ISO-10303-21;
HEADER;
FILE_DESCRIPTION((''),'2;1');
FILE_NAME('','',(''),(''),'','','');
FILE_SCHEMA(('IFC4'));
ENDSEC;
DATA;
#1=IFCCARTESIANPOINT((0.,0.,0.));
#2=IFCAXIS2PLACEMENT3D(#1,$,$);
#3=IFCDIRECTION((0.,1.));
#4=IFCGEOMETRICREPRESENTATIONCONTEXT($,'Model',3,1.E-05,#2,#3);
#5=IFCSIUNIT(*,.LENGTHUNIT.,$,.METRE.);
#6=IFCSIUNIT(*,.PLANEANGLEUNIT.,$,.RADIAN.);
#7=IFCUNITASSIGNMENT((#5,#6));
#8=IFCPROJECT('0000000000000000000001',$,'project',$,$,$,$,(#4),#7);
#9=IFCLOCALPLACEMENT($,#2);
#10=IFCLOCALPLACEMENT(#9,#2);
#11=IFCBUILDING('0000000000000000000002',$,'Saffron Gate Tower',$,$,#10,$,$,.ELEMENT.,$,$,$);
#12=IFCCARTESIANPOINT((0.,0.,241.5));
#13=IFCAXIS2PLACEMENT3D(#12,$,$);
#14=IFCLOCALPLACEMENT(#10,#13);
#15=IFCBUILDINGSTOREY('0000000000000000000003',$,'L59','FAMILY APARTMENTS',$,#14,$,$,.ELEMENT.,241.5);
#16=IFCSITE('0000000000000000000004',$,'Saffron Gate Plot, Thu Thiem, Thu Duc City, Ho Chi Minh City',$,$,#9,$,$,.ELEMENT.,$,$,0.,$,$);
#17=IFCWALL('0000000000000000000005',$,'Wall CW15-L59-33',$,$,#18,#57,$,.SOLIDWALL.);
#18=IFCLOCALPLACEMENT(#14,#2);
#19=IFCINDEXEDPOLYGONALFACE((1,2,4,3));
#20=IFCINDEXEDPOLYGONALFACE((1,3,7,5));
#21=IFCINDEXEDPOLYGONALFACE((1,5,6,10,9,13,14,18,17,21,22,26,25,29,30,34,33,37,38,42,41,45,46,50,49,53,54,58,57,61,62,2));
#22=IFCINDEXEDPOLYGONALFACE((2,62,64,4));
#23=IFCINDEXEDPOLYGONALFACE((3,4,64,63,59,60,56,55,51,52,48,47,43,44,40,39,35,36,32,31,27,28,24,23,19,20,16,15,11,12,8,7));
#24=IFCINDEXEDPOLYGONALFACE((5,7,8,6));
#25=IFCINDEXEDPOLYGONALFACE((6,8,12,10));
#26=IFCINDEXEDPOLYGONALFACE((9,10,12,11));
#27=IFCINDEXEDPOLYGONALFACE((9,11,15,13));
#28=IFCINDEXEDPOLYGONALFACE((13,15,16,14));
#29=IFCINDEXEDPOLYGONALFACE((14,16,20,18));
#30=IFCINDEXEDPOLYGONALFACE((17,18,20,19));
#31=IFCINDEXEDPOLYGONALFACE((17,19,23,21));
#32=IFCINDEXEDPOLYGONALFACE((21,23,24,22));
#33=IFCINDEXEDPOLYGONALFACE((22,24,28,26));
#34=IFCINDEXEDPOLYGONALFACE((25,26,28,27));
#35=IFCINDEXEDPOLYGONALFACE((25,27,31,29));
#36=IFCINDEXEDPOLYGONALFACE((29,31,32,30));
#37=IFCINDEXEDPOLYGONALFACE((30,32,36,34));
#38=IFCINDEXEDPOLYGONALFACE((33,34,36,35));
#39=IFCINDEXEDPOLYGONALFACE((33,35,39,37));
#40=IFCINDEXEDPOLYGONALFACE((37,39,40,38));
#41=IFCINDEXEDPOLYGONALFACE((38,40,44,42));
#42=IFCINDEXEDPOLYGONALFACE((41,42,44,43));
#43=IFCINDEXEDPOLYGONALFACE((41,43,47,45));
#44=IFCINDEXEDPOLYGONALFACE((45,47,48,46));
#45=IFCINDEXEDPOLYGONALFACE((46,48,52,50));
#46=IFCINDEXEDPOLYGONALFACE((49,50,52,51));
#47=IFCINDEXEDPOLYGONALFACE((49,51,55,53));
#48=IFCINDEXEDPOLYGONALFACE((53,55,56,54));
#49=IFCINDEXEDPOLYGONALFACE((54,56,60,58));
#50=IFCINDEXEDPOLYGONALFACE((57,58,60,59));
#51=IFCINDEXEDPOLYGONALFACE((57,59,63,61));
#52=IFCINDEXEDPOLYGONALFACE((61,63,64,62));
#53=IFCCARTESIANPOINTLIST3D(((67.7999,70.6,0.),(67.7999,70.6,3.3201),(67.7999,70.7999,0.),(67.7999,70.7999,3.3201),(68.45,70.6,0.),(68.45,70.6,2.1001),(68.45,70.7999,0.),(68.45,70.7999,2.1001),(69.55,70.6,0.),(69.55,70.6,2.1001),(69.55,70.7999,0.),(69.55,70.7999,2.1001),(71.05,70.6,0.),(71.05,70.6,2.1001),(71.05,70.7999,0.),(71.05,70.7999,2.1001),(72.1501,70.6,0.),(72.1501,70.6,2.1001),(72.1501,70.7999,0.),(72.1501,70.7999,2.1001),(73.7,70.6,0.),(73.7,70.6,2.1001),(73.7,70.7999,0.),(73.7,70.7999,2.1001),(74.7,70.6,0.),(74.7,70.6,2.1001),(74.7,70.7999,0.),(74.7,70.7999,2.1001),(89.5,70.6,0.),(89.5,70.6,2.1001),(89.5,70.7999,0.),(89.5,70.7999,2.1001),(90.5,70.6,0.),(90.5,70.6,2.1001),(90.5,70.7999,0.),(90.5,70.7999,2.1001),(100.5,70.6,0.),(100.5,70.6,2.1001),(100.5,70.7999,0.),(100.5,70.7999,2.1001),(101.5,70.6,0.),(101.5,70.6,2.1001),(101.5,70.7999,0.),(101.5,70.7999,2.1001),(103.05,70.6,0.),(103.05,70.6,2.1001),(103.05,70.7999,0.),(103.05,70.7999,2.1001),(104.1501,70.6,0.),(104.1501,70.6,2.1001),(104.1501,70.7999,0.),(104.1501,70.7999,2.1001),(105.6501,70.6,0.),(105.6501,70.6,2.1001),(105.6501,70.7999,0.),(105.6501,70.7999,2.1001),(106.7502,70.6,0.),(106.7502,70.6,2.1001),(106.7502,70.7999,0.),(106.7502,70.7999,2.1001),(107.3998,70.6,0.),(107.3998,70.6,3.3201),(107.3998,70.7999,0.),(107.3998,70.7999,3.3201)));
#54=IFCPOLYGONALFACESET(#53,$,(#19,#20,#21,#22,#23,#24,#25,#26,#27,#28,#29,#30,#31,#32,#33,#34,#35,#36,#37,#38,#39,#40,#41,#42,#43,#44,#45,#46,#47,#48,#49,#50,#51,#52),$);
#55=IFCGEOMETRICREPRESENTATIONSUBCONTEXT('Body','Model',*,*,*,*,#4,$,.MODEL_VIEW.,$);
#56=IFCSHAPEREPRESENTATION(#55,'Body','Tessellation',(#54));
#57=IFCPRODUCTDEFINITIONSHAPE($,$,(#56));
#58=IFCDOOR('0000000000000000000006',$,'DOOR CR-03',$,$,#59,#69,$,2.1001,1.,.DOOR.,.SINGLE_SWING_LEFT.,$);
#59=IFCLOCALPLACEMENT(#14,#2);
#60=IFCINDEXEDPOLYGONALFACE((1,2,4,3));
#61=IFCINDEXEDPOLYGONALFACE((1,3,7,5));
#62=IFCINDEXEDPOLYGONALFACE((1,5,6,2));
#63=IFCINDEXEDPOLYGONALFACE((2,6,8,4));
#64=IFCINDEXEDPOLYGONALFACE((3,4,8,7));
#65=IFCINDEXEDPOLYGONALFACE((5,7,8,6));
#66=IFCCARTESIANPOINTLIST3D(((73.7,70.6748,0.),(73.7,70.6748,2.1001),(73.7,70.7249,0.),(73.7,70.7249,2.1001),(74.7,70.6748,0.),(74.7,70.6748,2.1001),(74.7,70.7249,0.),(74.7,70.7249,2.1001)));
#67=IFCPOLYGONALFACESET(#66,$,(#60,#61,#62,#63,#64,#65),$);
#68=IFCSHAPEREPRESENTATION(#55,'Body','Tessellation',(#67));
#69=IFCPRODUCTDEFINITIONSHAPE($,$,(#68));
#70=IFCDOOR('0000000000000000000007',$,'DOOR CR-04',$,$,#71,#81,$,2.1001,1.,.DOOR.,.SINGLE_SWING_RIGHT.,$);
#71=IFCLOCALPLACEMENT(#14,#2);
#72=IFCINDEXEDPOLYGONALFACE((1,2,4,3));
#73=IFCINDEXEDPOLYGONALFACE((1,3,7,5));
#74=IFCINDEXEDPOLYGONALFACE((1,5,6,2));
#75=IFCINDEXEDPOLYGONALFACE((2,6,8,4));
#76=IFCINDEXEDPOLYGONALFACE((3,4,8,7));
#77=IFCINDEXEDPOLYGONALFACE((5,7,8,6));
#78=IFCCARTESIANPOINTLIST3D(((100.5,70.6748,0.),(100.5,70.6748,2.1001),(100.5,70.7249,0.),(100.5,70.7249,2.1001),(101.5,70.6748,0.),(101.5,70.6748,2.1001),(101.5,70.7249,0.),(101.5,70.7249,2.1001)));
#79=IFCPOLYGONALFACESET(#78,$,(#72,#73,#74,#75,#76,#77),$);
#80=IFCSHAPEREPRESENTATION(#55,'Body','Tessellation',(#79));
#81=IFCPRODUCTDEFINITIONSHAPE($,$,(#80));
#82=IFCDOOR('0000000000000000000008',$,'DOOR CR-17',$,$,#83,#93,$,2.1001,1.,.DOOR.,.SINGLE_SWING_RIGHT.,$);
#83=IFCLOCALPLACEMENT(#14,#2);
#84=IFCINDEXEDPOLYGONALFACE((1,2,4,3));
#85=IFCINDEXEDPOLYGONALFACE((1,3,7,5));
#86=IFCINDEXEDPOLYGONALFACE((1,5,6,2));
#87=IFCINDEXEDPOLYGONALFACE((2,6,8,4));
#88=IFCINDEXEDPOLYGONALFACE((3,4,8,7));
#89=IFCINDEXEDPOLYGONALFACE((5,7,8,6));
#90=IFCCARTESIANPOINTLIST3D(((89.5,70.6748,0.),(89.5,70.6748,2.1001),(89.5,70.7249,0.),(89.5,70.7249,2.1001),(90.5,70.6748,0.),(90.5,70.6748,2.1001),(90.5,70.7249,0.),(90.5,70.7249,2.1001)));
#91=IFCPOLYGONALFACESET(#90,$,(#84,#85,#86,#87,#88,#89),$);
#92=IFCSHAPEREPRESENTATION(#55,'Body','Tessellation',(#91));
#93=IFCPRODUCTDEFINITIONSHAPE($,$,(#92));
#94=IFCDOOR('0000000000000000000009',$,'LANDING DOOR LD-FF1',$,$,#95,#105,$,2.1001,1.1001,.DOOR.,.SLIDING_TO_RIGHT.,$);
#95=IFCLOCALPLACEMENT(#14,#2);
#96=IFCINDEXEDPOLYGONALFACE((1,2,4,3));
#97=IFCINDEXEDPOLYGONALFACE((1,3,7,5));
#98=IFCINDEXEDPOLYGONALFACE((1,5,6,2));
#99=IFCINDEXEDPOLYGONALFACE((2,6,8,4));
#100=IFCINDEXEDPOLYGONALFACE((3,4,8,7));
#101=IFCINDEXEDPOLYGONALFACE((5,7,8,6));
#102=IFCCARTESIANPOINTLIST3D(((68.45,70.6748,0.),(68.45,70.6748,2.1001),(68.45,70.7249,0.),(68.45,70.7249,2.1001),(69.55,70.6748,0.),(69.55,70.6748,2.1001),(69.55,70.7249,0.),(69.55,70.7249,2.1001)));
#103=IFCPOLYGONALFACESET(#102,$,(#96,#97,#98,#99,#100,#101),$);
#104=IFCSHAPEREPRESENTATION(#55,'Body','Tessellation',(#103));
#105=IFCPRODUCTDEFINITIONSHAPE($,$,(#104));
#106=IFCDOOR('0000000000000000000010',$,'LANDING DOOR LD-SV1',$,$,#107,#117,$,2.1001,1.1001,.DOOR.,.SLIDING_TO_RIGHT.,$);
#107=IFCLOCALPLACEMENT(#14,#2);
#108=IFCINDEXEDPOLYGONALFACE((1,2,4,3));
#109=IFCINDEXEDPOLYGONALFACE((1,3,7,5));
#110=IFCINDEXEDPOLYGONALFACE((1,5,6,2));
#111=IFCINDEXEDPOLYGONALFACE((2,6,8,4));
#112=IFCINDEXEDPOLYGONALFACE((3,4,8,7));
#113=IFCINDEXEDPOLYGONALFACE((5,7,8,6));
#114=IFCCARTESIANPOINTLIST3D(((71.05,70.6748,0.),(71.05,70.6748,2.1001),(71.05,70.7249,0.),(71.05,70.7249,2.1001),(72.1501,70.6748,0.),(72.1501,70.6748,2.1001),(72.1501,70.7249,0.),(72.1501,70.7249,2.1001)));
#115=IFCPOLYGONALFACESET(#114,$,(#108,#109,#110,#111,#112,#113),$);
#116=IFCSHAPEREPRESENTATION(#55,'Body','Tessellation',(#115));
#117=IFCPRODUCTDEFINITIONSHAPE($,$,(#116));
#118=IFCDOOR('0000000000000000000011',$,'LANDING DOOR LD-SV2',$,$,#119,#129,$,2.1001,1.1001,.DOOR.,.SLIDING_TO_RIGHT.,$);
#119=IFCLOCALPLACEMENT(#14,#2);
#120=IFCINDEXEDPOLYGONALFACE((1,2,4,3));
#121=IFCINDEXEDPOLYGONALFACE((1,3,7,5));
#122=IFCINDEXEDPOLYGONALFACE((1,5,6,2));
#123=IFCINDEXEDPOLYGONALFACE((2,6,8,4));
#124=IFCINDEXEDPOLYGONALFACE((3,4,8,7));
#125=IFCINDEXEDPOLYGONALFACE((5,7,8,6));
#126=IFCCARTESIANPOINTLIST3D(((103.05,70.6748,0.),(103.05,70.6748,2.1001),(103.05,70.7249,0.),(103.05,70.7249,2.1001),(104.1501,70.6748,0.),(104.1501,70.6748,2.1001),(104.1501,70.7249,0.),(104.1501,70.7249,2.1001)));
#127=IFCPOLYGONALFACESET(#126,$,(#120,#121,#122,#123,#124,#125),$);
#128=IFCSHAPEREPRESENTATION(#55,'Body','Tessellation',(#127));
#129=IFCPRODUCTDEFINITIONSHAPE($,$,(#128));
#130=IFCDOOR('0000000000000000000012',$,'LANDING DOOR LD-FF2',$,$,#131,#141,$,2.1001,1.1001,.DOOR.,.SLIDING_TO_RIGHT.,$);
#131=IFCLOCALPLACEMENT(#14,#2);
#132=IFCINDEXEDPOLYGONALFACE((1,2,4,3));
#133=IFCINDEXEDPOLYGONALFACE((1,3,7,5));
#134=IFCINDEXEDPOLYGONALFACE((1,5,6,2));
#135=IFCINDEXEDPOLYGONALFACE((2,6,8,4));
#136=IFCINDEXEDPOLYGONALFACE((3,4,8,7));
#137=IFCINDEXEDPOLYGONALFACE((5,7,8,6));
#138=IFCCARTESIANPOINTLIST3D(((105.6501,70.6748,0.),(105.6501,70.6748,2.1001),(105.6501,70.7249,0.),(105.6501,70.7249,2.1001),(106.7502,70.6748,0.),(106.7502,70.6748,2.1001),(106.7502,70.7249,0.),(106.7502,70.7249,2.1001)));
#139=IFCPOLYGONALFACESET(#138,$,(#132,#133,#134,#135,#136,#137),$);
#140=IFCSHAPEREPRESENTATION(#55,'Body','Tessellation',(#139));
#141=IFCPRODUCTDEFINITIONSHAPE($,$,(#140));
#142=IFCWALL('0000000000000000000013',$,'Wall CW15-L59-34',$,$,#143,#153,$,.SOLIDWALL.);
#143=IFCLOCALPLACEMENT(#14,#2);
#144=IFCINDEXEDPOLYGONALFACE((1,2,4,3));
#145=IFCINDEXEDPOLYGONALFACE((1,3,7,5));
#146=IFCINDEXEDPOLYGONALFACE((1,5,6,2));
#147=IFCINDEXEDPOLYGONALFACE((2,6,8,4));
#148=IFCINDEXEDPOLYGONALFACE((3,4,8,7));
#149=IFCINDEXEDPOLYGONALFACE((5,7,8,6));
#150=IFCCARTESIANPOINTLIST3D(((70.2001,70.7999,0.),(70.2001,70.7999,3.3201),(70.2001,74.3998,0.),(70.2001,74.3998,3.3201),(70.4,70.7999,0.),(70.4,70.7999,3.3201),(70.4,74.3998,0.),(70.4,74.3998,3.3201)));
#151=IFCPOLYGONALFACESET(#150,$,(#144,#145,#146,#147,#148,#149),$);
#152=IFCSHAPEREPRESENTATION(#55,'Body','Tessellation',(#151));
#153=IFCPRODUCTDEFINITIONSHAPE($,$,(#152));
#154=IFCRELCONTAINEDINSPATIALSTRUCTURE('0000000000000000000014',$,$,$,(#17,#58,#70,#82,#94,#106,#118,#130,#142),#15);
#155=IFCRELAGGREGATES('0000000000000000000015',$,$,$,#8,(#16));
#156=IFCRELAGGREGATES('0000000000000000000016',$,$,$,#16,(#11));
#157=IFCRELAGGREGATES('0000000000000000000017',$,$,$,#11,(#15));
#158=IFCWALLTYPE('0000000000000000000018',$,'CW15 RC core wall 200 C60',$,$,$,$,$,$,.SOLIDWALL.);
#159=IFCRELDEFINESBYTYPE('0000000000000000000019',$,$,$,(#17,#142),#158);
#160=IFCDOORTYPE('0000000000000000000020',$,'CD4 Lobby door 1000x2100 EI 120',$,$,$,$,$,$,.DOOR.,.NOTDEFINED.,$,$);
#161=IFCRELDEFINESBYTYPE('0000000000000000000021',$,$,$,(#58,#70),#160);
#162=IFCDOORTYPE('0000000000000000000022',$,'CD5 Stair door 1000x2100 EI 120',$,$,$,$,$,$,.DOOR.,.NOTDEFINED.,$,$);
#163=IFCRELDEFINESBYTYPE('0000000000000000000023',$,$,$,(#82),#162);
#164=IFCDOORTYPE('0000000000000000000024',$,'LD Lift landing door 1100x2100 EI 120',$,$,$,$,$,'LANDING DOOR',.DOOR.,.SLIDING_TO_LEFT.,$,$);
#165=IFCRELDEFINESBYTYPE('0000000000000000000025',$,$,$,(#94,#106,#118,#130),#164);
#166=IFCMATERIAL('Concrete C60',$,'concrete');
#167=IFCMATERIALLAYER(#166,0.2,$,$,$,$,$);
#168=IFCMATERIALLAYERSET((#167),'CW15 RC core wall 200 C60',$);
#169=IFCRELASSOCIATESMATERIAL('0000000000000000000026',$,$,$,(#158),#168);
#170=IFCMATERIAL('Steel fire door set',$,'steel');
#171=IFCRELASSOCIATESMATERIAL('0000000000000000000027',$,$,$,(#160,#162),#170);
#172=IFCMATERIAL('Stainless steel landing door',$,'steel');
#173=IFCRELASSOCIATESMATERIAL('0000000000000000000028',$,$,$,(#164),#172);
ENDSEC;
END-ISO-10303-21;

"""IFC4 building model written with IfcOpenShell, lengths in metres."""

from ifc_helpers import new_model, si_unit, direction, frame, frame_2d, origin, place, context, subcontext, project, spatial, rectangle, extrude, material, layer, layer_set, type_object, element, fill, save


model = new_model("IFC4")

# Units and contexts
model_context = context("Model", 3, precision=1e-05, world=origin(), true_north=direction((0.0, 1.0)))
body_context = subcontext(model_context, "Body", "Model", "MODEL_VIEW")
ifc_project = project(units=[si_unit("LENGTHUNIT", "METRE"), si_unit("PLANEANGLEUNIT", "RADIAN")], contexts=[model_context])

# Site, building, storey
site_placement = place(None, origin())
site = spatial("IfcSite", under=ifc_project, at=site_placement, Name="Saffron Gate Plot, Thu Thiem, Thu Duc City, Ho Chi Minh City", CompositionType="ELEMENT", RefElevation=0.0)
building_placement = place(site_placement, origin())
building = spatial("IfcBuilding", under=site, at=building_placement, Name="Saffron Gate Tower", CompositionType="ELEMENT")
storey_placement = place(building_placement, frame((0.0, 0.0, 241.5)))
storey = spatial("IfcBuildingStorey", under=building, at=storey_placement, Name="L59", Description="FAMILY APARTMENTS", CompositionType="ELEMENT", Elevation=241.5)

# Wall, openings, doors
ifc_material_1 = material(Name="Concrete C60", Category="concrete")
ifc_layer_1 = layer(ifc_material_1, 0.2)
ifc_layer_set_1 = layer_set([ifc_layer_1], Name="CW15 RC core wall 200 C60")
wall_type_1 = type_object("IfcWallType", Name="CW15 RC core wall 200 C60", PredefinedType="SOLIDWALL", material=ifc_layer_set_1)
wall_1_placement = place(storey_placement, frame((67.8, 70.7, 0.0), z_axis=(0.0, 0.0, 1.0), x_axis=(1.0, 0.0, 0.0)))
wall_1 = element("IfcWall", 1, at=wall_1_placement, inside=storey, type_object=wall_type_1, Name="Wall CW15-L59-33", PredefinedType="SOLIDWALL", context=body_context, shape_type="SweptSolid", body=[
    extrude(rectangle(XDim=39.5999, YDim=0.2, at=frame_2d((19.7998, 0.0))), origin(), (0.0, 0.0, 1.0), 3.3201),
])
opening_1_placement = place(wall_1_placement, frame((0.6499, 0.0, 0.0)))
opening_1 = element("IfcOpeningElement", 2, at=opening_1_placement, cuts=wall_1, PredefinedType="OPENING", context=body_context, shape_type="SweptSolid", body=[
    extrude(rectangle(XDim=1.1001, YDim=2.1001, at=frame_2d((0.55, 1.05))), frame((0.0, 0.1099, 0.0), z_axis=(0.0, -1.0, 0.0), x_axis=(1.0, 0.0, 0.0)), (0.0, 0.0, 1.0), 0.22),
])
opening_2_placement = place(wall_1_placement, frame((3.25, 0.0, 0.0)))
opening_2 = element("IfcOpeningElement", 3, at=opening_2_placement, cuts=wall_1, PredefinedType="OPENING", context=body_context, shape_type="SweptSolid", body=[
    extrude(rectangle(XDim=1.1001, YDim=2.1001, at=frame_2d((0.55, 1.05))), frame((0.0, 0.1099, 0.0), z_axis=(0.0, -1.0, 0.0), x_axis=(1.0, 0.0, 0.0)), (0.0, 0.0, 1.0), 0.22),
])
opening_3_placement = place(wall_1_placement, frame((5.8999, 0.0, 0.0)))
opening_3 = element("IfcOpeningElement", 4, at=opening_3_placement, cuts=wall_1, PredefinedType="OPENING", context=body_context, shape_type="SweptSolid", body=[
    extrude(rectangle(XDim=1.0, YDim=2.1001, at=frame_2d((0.5, 1.05))), frame((0.0, 0.1099, 0.0), z_axis=(0.0, -1.0, 0.0), x_axis=(1.0, 0.0, 0.0)), (0.0, 0.0, 1.0), 0.22),
])
opening_4_placement = place(wall_1_placement, frame((21.7, 0.0, 0.0)))
opening_4 = element("IfcOpeningElement", 5, at=opening_4_placement, cuts=wall_1, PredefinedType="OPENING", context=body_context, shape_type="SweptSolid", body=[
    extrude(rectangle(XDim=1.0, YDim=2.1001, at=frame_2d((0.5, 1.05))), frame((0.0, 0.1099, 0.0), z_axis=(0.0, -1.0, 0.0), x_axis=(1.0, 0.0, 0.0)), (0.0, 0.0, 1.0), 0.22),
])
opening_5_placement = place(wall_1_placement, frame((32.7, 0.0, 0.0)))
opening_5 = element("IfcOpeningElement", 6, at=opening_5_placement, cuts=wall_1, PredefinedType="OPENING", context=body_context, shape_type="SweptSolid", body=[
    extrude(rectangle(XDim=1.0, YDim=2.1001, at=frame_2d((0.5, 1.05))), frame((0.0, 0.1099, 0.0), z_axis=(0.0, -1.0, 0.0), x_axis=(1.0, 0.0, 0.0)), (0.0, 0.0, 1.0), 0.22),
])
opening_6_placement = place(wall_1_placement, frame((35.25, 0.0, 0.0)))
opening_6 = element("IfcOpeningElement", 7, at=opening_6_placement, cuts=wall_1, PredefinedType="OPENING", context=body_context, shape_type="SweptSolid", body=[
    extrude(rectangle(XDim=1.1001, YDim=2.1001, at=frame_2d((0.55, 1.05))), frame((0.0, 0.1099, 0.0), z_axis=(0.0, -1.0, 0.0), x_axis=(1.0, 0.0, 0.0)), (0.0, 0.0, 1.0), 0.22),
])
opening_7_placement = place(wall_1_placement, frame((37.8501, 0.0, 0.0)))
opening_7 = element("IfcOpeningElement", 8, at=opening_7_placement, cuts=wall_1, PredefinedType="OPENING", context=body_context, shape_type="SweptSolid", body=[
    extrude(rectangle(XDim=1.1001, YDim=2.1001, at=frame_2d((0.55, 1.05))), frame((0.0, 0.1099, 0.0), z_axis=(0.0, -1.0, 0.0), x_axis=(1.0, 0.0, 0.0)), (0.0, 0.0, 1.0), 0.22),
])
ifc_material_2 = material(Name="Steel fire door set", Category="steel")
door_type_1 = type_object("IfcDoorType", Name="CD4 Lobby door 1000x2100 EI 120", OperationType="NOTDEFINED", PredefinedType="DOOR", material=ifc_material_2)
door_1_placement = place(opening_3_placement, origin())
door_1 = element("IfcDoor", 9, at=door_1_placement, inside=storey, type_object=door_type_1, Name="DOOR CR-03", OperationType="SINGLE_SWING_LEFT", OverallHeight=2.1001, OverallWidth=1.0, PredefinedType="DOOR", context=body_context, shape_type="SweptSolid", body=[
    extrude(rectangle(XDim=1.0, YDim=2.1001, at=frame_2d((0.5, 1.05))), frame((0.0, 0.0249, 0.0), z_axis=(0.0, -1.0, 0.0), x_axis=(1.0, 0.0, 0.0)), (0.0, 0.0, 1.0), 0.05),
])
fill(opening_3, door_1)
door_2_placement = place(opening_5_placement, origin())
door_2 = element("IfcDoor", 10, at=door_2_placement, inside=storey, type_object=door_type_1, Name="DOOR CR-04", OperationType="SINGLE_SWING_RIGHT", OverallHeight=2.1001, OverallWidth=1.0, PredefinedType="DOOR", context=body_context, shape_type="SweptSolid", body=[
    extrude(rectangle(XDim=1.0, YDim=2.1001, at=frame_2d((0.5, 1.05))), frame((0.0, 0.0249, 0.0), z_axis=(0.0, -1.0, 0.0), x_axis=(1.0, 0.0, 0.0)), (0.0, 0.0, 1.0), 0.05),
])
fill(opening_5, door_2)
door_type_2 = type_object("IfcDoorType", Name="CD5 Stair door 1000x2100 EI 120", OperationType="NOTDEFINED", PredefinedType="DOOR", material=ifc_material_2)
door_3_placement = place(opening_4_placement, origin())
door_3 = element("IfcDoor", 11, at=door_3_placement, inside=storey, type_object=door_type_2, Name="DOOR CR-17", OperationType="SINGLE_SWING_RIGHT", OverallHeight=2.1001, OverallWidth=1.0, PredefinedType="DOOR", context=body_context, shape_type="SweptSolid", body=[
    extrude(rectangle(XDim=1.0, YDim=2.1001, at=frame_2d((0.5, 1.05))), frame((0.0, 0.0249, 0.0), z_axis=(0.0, -1.0, 0.0), x_axis=(1.0, 0.0, 0.0)), (0.0, 0.0, 1.0), 0.05),
])
fill(opening_4, door_3)
ifc_material_3 = material(Name="Stainless steel landing door", Category="steel")
door_type_3 = type_object("IfcDoorType", Name="LD Lift landing door 1100x2100 EI 120", ElementType="LANDING DOOR", OperationType="SLIDING_TO_LEFT", PredefinedType="DOOR", material=ifc_material_3)
door_4_placement = place(opening_1_placement, origin())
door_4 = element("IfcDoor", 12, at=door_4_placement, inside=storey, type_object=door_type_3, Name="LANDING DOOR LD-FF1", OperationType="SLIDING_TO_RIGHT", OverallHeight=2.1001, OverallWidth=1.1001, PredefinedType="DOOR", context=body_context, shape_type="SweptSolid", body=[
    extrude(rectangle(XDim=1.1001, YDim=2.1001, at=frame_2d((0.55, 1.05))), frame((0.0, 0.0249, 0.0), z_axis=(0.0, -1.0, 0.0), x_axis=(1.0, 0.0, 0.0)), (0.0, 0.0, 1.0), 0.05),
])
fill(opening_1, door_4)
door_5_placement = place(opening_2_placement, origin())
door_5 = element("IfcDoor", 13, at=door_5_placement, inside=storey, type_object=door_type_3, Name="LANDING DOOR LD-SV1", OperationType="SLIDING_TO_RIGHT", OverallHeight=2.1001, OverallWidth=1.1001, PredefinedType="DOOR", context=body_context, shape_type="SweptSolid", body=[
    extrude(rectangle(XDim=1.1001, YDim=2.1001, at=frame_2d((0.55, 1.05))), frame((0.0, 0.0249, 0.0), z_axis=(0.0, -1.0, 0.0), x_axis=(1.0, 0.0, 0.0)), (0.0, 0.0, 1.0), 0.05),
])
fill(opening_2, door_5)
door_6_placement = place(opening_6_placement, origin())
door_6 = element("IfcDoor", 14, at=door_6_placement, inside=storey, type_object=door_type_3, Name="LANDING DOOR LD-SV2", OperationType="SLIDING_TO_RIGHT", OverallHeight=2.1001, OverallWidth=1.1001, PredefinedType="DOOR", context=body_context, shape_type="SweptSolid", body=[
    extrude(rectangle(XDim=1.1001, YDim=2.1001, at=frame_2d((0.55, 1.05))), frame((0.0, 0.0249, 0.0), z_axis=(0.0, -1.0, 0.0), x_axis=(1.0, 0.0, 0.0)), (0.0, 0.0, 1.0), 0.05),
])
fill(opening_6, door_6)
door_7_placement = place(opening_7_placement, origin())
door_7 = element("IfcDoor", 15, at=door_7_placement, inside=storey, type_object=door_type_3, Name="LANDING DOOR LD-FF2", OperationType="SLIDING_TO_RIGHT", OverallHeight=2.1001, OverallWidth=1.1001, PredefinedType="DOOR", context=body_context, shape_type="SweptSolid", body=[
    extrude(rectangle(XDim=1.1001, YDim=2.1001, at=frame_2d((0.55, 1.05))), frame((0.0, 0.0249, 0.0), z_axis=(0.0, -1.0, 0.0), x_axis=(1.0, 0.0, 0.0)), (0.0, 0.0, 1.0), 0.05),
])
fill(opening_7, door_7)

# Wall
wall_2_placement = place(storey_placement, frame((70.3, 70.8, 0.0), z_axis=(0.0, 0.0, 1.0), x_axis=(0.0, 1.0, 0.0)))
element("IfcWall", 16, at=wall_2_placement, inside=storey, type_object=wall_type_1, Name="Wall CW15-L59-34", PredefinedType="SOLIDWALL", context=body_context, shape_type="SweptSolid", body=[
    extrude(rectangle(XDim=3.5999, YDim=0.2, at=frame_2d((1.7998, 0.0))), origin(), (0.0, 0.0, 1.0), 3.3201),
])

save(model, "model.ifc")
